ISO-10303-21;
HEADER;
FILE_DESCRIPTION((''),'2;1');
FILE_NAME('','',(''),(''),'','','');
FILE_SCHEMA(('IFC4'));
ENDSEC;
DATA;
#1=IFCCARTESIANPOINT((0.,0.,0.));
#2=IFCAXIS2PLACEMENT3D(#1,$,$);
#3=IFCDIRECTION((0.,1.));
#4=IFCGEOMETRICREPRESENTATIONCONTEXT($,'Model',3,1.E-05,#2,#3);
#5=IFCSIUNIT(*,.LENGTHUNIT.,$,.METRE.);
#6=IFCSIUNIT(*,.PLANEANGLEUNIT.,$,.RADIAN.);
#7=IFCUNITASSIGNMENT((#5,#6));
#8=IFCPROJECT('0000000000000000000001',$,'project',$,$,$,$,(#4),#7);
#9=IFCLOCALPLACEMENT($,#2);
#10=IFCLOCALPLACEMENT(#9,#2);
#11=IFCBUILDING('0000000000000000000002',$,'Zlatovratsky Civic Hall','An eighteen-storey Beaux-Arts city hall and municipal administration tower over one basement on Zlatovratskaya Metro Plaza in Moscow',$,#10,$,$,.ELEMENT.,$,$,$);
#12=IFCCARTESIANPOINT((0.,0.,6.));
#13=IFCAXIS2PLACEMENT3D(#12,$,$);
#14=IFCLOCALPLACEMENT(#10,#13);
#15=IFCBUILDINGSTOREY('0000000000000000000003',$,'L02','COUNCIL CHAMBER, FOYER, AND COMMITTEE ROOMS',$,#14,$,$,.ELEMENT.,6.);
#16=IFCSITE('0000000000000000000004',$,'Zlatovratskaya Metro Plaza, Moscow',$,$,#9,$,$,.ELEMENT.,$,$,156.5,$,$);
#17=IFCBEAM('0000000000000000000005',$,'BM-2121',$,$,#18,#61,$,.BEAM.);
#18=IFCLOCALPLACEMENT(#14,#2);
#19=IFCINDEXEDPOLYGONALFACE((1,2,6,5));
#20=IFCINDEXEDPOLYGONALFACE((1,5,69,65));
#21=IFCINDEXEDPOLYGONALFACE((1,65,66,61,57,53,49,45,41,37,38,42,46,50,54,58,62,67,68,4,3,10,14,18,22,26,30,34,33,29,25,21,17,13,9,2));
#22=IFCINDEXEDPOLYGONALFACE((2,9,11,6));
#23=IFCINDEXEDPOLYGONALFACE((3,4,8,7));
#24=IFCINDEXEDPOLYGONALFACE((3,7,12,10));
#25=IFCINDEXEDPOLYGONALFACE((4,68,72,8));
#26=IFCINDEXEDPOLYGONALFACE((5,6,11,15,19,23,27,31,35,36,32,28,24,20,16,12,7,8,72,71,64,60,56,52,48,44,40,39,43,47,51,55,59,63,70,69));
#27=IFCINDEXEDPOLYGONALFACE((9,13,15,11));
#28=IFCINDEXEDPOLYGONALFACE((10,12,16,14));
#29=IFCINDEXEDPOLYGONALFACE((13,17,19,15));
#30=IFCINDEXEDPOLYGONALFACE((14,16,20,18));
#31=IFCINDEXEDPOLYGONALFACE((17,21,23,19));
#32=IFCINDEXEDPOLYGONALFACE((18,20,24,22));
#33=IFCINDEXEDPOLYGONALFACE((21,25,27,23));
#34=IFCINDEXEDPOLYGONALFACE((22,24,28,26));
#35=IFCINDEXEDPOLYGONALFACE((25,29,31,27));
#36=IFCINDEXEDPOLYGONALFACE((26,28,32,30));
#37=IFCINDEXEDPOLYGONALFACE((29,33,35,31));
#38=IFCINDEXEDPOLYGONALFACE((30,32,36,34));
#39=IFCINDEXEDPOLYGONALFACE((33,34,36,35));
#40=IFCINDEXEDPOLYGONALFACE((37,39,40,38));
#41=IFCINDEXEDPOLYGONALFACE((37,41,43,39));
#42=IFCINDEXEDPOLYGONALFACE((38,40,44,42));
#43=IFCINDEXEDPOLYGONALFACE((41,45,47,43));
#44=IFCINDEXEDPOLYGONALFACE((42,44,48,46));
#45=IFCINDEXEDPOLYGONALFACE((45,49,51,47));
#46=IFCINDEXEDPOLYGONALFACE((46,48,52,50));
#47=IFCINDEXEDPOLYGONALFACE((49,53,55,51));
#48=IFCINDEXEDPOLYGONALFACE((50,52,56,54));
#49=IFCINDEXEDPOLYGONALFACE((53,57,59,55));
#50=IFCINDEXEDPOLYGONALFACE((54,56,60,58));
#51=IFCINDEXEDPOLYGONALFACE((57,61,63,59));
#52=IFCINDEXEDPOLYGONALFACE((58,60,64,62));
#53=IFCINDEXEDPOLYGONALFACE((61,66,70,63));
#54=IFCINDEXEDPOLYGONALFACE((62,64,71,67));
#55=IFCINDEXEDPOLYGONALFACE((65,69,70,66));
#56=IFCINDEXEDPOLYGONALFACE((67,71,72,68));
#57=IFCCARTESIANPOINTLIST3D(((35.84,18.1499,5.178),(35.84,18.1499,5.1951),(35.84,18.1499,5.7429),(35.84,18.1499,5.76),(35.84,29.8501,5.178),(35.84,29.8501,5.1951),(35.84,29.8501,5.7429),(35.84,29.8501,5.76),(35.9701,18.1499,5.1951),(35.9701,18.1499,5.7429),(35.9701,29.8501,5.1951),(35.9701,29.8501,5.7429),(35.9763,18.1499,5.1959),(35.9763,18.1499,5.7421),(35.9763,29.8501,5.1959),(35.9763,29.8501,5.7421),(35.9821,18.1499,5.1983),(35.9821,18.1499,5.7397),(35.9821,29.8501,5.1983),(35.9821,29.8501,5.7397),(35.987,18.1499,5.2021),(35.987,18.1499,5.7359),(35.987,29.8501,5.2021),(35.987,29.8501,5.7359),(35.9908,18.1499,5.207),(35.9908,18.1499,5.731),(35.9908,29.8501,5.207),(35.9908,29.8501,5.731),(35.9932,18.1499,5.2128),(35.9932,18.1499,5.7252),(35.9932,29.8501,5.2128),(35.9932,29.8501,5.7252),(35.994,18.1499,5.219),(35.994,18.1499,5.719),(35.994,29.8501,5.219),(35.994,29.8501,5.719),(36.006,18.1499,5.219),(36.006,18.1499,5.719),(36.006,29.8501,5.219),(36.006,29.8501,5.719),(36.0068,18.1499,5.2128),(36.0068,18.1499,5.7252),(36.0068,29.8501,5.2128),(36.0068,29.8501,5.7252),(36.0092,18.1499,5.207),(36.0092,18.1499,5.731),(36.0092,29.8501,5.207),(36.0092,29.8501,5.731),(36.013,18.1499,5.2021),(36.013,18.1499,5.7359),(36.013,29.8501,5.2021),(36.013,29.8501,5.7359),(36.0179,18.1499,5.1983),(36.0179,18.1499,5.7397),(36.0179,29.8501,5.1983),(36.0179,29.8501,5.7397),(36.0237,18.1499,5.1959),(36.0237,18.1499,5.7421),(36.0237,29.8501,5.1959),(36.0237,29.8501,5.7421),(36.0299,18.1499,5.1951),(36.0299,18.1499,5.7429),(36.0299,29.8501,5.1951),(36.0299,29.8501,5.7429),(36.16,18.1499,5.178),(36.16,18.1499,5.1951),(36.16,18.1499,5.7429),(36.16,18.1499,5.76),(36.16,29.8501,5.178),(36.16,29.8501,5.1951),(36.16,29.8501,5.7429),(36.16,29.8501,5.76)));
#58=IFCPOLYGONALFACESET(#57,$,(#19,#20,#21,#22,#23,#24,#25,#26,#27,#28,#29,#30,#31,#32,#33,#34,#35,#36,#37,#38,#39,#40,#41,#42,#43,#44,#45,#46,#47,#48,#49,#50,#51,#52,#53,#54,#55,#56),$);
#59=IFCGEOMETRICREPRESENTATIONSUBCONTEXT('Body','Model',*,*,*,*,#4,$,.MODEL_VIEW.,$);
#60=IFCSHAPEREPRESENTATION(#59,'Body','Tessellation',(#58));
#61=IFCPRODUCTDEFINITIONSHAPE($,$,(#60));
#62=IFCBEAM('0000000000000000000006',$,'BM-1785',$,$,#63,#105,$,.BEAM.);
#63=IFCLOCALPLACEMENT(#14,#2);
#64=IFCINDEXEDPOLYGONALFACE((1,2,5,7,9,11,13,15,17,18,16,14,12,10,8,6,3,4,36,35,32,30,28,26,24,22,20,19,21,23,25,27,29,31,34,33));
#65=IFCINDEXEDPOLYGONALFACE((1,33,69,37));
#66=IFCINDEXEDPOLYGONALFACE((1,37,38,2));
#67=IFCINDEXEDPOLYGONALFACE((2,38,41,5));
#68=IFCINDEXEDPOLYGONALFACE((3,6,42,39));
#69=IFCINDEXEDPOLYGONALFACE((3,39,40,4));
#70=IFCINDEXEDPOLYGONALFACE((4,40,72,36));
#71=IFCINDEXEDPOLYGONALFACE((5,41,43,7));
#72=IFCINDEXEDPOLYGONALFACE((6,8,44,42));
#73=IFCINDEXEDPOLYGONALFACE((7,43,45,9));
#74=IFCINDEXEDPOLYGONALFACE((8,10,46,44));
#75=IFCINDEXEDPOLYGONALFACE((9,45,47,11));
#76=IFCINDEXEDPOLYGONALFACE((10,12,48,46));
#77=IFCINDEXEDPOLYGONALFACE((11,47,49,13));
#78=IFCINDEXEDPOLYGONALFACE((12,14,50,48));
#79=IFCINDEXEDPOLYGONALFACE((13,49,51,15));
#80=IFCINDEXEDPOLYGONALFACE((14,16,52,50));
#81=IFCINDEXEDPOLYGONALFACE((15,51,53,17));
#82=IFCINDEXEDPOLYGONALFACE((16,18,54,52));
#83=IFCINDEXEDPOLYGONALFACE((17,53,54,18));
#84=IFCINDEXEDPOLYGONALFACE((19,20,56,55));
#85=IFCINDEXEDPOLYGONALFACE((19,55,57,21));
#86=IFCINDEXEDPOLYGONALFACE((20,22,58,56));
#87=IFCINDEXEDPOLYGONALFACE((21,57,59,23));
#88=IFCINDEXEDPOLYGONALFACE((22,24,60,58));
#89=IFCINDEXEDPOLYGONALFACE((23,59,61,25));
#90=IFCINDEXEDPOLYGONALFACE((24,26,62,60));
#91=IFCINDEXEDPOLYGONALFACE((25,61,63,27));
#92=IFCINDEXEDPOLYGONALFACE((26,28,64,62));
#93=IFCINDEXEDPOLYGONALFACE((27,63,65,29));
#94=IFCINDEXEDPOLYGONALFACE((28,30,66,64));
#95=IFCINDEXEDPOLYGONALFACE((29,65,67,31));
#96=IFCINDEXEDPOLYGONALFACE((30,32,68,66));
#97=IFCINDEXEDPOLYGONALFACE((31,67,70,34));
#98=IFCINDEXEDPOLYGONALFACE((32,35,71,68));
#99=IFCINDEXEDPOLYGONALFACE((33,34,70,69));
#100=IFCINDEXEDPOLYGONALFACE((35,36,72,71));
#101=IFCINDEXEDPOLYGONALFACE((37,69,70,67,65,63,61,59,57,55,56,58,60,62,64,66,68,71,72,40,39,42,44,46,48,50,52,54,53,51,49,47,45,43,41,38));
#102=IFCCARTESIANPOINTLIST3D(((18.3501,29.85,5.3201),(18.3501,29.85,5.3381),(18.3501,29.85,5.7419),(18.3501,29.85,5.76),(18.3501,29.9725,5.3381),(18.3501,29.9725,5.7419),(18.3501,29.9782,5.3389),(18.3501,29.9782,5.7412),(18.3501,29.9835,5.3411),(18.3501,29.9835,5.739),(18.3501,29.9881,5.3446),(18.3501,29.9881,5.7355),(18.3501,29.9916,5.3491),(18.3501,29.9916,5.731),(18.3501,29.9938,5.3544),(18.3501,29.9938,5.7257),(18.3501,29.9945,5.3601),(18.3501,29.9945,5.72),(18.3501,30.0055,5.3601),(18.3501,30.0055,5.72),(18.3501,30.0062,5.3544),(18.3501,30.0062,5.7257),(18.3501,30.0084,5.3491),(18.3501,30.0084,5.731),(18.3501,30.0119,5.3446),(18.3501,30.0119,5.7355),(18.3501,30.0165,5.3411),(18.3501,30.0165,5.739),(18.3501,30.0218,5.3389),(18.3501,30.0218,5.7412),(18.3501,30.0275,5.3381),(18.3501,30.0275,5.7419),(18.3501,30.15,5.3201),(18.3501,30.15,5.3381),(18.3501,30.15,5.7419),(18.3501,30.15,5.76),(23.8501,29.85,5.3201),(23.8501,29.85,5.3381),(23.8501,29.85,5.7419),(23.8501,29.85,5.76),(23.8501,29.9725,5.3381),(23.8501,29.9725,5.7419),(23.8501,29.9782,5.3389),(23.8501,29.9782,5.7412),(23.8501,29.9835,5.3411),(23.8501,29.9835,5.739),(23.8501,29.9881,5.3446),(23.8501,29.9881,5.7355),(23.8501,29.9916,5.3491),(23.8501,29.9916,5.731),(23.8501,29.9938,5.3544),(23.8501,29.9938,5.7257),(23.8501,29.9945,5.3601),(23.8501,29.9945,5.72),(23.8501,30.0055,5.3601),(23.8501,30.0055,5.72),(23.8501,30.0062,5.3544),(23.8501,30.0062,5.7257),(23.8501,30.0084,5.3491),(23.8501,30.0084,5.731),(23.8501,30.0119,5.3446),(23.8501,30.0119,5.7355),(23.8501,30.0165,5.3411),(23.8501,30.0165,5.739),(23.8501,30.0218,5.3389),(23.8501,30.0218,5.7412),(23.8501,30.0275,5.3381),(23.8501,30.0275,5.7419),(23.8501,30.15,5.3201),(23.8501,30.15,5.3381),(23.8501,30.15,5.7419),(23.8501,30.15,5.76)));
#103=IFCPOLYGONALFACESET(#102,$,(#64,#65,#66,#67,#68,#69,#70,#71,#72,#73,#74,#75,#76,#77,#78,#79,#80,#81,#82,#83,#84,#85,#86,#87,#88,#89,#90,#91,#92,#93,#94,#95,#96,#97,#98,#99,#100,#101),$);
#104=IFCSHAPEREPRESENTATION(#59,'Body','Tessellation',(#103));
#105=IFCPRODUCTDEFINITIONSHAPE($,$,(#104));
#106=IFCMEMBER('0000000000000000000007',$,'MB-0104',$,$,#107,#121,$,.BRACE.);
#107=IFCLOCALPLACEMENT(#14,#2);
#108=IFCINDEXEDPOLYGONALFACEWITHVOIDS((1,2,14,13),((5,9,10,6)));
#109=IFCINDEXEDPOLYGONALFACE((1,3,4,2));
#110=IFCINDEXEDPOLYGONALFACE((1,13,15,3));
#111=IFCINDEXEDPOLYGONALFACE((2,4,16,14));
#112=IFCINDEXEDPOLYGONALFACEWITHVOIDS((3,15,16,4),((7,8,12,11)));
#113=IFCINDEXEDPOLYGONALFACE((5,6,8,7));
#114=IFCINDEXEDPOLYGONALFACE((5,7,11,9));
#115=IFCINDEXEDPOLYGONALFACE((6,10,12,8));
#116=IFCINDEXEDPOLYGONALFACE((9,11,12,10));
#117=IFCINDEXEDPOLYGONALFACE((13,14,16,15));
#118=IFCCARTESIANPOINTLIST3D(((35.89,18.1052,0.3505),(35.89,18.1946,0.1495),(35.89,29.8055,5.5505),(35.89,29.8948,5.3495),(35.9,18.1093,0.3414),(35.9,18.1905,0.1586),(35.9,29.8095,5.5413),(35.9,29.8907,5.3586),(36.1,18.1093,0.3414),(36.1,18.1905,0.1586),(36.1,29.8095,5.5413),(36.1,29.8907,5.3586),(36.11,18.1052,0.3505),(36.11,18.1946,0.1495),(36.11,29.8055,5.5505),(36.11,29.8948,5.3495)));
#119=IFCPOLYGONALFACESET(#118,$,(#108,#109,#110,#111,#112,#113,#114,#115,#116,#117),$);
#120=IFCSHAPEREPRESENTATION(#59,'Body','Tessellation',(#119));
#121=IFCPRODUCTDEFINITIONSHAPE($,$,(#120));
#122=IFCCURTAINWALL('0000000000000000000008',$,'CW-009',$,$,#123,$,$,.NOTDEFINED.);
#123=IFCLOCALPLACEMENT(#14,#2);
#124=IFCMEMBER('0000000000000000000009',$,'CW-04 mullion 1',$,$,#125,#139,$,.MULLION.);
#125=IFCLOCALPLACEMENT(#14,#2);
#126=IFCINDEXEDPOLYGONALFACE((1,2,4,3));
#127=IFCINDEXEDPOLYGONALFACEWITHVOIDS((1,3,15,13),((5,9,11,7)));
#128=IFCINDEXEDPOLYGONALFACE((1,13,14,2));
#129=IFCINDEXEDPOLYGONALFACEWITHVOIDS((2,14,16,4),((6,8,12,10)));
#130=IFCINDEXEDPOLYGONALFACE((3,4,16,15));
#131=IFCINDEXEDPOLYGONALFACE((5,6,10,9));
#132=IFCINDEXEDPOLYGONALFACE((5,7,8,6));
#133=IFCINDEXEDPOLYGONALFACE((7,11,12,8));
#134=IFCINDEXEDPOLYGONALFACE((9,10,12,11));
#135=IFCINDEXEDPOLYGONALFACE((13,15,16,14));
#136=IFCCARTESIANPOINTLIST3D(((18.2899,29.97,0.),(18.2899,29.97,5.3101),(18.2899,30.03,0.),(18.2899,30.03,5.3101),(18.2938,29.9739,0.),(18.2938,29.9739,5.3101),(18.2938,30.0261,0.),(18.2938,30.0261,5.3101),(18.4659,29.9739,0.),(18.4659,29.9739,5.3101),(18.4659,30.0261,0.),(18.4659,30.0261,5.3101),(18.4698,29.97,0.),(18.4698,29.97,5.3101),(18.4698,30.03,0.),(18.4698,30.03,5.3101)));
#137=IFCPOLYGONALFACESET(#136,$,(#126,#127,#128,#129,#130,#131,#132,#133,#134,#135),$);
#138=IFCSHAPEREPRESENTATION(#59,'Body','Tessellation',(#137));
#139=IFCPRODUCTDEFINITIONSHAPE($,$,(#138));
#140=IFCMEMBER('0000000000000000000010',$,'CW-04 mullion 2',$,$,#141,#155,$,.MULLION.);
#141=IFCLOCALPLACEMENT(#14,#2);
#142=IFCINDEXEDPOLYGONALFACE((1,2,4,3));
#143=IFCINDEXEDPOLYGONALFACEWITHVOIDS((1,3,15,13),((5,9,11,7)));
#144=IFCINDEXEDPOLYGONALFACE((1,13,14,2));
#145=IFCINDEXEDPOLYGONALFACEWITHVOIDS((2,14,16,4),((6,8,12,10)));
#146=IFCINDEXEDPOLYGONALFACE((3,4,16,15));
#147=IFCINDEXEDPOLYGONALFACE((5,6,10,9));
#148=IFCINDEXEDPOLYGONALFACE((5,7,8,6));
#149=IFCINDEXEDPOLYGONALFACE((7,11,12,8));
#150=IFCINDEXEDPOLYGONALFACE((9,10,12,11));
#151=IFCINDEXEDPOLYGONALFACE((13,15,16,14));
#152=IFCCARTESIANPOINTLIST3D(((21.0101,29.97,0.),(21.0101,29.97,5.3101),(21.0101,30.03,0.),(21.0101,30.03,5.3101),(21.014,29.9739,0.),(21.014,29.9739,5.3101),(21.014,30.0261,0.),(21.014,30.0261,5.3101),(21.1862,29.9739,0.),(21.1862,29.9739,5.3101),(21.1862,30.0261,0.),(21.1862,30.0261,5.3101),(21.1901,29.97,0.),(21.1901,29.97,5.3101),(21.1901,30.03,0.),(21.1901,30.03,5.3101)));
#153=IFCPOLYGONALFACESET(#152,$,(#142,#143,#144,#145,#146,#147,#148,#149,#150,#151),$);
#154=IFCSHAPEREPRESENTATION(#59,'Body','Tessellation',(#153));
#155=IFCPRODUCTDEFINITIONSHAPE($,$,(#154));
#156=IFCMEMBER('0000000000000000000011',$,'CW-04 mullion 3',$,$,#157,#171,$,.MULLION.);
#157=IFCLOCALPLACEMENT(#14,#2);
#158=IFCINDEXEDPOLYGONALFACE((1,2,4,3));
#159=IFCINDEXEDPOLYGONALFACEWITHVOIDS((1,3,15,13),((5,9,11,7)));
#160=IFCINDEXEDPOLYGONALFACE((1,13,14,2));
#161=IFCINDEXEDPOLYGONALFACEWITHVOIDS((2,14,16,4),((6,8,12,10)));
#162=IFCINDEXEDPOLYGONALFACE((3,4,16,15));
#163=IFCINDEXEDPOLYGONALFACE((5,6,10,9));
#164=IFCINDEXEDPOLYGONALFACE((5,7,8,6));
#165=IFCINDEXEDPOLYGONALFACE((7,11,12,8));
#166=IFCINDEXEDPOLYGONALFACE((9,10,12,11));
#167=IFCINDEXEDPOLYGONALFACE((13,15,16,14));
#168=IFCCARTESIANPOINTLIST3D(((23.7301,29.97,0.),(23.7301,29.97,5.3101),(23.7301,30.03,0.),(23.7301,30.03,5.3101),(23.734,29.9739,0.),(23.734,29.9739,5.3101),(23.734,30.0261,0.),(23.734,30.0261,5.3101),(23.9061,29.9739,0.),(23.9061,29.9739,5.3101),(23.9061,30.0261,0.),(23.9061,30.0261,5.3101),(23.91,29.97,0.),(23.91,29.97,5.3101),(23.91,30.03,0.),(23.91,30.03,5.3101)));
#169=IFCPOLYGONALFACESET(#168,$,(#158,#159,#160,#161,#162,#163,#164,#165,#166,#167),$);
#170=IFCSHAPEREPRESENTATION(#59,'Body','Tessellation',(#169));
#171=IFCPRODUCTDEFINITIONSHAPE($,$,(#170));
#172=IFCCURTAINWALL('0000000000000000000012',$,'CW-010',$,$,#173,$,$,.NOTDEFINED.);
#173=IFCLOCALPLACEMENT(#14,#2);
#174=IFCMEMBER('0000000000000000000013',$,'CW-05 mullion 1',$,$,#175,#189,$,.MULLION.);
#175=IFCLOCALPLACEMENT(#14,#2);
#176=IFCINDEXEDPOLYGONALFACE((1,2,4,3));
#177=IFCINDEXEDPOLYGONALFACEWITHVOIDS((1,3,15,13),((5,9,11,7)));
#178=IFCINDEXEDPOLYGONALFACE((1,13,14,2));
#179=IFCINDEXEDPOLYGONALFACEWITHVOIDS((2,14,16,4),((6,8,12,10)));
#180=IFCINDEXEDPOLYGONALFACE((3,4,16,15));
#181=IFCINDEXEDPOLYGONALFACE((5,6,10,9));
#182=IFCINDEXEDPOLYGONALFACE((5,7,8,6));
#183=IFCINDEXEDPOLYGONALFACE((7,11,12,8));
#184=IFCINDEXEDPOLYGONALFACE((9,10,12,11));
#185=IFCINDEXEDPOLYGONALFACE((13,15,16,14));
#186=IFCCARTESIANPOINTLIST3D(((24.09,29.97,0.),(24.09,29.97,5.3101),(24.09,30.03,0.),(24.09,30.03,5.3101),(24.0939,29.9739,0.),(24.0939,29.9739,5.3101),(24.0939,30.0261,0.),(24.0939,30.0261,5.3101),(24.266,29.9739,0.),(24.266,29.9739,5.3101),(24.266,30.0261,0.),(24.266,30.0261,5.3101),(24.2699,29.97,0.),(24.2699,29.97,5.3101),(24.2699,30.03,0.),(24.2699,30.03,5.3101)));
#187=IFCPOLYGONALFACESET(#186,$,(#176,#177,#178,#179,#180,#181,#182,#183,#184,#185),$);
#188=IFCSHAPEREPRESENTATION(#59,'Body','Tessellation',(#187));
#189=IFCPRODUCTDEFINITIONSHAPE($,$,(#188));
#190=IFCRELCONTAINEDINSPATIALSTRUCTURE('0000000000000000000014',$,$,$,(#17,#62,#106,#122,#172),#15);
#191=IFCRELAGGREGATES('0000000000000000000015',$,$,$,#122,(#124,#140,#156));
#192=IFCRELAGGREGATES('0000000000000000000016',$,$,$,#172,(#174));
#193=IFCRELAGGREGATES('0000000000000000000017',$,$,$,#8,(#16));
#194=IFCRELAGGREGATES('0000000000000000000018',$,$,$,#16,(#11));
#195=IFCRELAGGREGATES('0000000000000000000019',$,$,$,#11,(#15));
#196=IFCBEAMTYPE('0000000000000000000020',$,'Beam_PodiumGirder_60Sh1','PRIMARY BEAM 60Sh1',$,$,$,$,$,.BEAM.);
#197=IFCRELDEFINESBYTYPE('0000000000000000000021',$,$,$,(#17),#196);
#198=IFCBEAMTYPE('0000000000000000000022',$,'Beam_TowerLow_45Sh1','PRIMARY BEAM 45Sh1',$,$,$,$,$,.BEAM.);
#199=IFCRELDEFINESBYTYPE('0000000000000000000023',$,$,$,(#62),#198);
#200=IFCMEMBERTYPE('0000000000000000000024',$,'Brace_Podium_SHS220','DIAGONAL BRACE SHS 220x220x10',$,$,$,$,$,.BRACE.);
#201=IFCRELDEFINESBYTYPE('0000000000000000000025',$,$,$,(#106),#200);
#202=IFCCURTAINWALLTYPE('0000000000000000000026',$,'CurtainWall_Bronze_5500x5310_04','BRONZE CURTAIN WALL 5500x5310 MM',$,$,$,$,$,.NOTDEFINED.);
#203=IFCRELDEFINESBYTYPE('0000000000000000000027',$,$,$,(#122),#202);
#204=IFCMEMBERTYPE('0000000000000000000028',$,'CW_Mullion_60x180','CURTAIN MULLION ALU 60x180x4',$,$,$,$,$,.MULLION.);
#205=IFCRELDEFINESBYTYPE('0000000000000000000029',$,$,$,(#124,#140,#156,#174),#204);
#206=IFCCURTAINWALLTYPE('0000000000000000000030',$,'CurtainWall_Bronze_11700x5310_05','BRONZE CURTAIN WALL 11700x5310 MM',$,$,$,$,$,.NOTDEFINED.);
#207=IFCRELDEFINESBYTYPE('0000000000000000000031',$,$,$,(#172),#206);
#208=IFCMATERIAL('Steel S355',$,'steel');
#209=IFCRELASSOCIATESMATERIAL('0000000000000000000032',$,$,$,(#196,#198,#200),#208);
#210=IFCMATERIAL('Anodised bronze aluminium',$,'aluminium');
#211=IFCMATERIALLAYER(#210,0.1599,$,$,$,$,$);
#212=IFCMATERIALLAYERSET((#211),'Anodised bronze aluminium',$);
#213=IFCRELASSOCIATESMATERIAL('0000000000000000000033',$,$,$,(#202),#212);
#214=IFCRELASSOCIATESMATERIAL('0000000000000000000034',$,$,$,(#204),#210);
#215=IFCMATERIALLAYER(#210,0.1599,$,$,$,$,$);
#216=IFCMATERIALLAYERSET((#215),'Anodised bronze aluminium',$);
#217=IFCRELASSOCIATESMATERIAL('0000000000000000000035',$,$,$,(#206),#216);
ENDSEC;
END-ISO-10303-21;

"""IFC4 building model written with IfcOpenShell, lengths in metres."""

from ifc_helpers import new_model, si_unit, direction, frame, origin, origin_2d, place, context, subcontext, project, spatial, hollow_rectangle, i_section, extrude, material, layer, layer_set, material_profile, profile_set, type_object, element, aggregate, save


model = new_model("IFC4")

# Units and contexts
model_context = context("Model", 3, precision=1e-05, world=origin(), true_north=direction((0.0, 1.0)))
body_context = subcontext(model_context, "Body", "Model", "MODEL_VIEW")
ifc_project = project(units=[si_unit("LENGTHUNIT", "METRE"), si_unit("PLANEANGLEUNIT", "RADIAN")], contexts=[model_context])

# Site, building, storey
site_placement = place(None, origin())
site = spatial("IfcSite", under=ifc_project, at=site_placement, Name="Zlatovratskaya Metro Plaza, Moscow", CompositionType="ELEMENT", RefElevation=156.5)
building_placement = place(site_placement, origin())
building = spatial("IfcBuilding", under=site, at=building_placement, Name="Zlatovratsky Civic Hall", Description="An eighteen-storey Beaux-Arts city hall and municipal administration tower over one basement on Zlatovratskaya Metro Plaza in Moscow", CompositionType="ELEMENT")
storey_placement = place(building_placement, frame((0.0, 0.0, 6.0)))
storey = spatial("IfcBuildingStorey", under=building, at=storey_placement, Name="L02", Description="COUNCIL CHAMBER, FOYER, AND COMMITTEE ROOMS", CompositionType="ELEMENT", Elevation=6.0)

# Shared definitions
ifc_material_1 = material(Name="Steel S355", Category="steel")

# Beams
ifc_material_profile_1 = material_profile(ifc_material_1, i_section(OverallWidth=0.3201, OverallDepth=0.582, WebThickness=0.012, FlangeThickness=0.0171, FilletRadius=0.0239, at=origin_2d()), Name="60Sh1")
ifc_profile_set_1 = profile_set([ifc_material_profile_1], Name="Steel S355")
beam_type_1 = type_object("IfcBeamType", Name="Beam_PodiumGirder_60Sh1", Description="PRIMARY BEAM 60Sh1", PredefinedType="BEAM", material=ifc_profile_set_1)
for number, where, z_axis, x_axis, name in (
    (1, (36.0, 18.1499, 5.469), (0.0, 1.0, 0.0), (-1.0, 0.0, 0.0), "BM-2121"),
):
    element("IfcBeam", number, at=place(storey_placement, frame(where, z_axis=z_axis, x_axis=x_axis)), inside=storey, type_object=beam_type_1, Name=name, PredefinedType="BEAM", context=body_context, shape_type="SweptSolid", body=[
        extrude(i_section(OverallWidth=0.3201, OverallDepth=0.582, WebThickness=0.012, FlangeThickness=0.0171, FilletRadius=0.0239, at=origin_2d()), origin(), (0.0, 0.0, 1.0), 11.7002),
    ])
ifc_material_profile_2 = material_profile(ifc_material_1, i_section(OverallWidth=0.3, OverallDepth=0.4399, WebThickness=0.011, FlangeThickness=0.0181, FilletRadius=0.022, at=origin_2d()), Name="45Sh1")
ifc_profile_set_2 = profile_set([ifc_material_profile_2], Name="Steel S355")
beam_type_2 = type_object("IfcBeamType", Name="Beam_TowerLow_45Sh1", Description="PRIMARY BEAM 45Sh1", PredefinedType="BEAM", material=ifc_profile_set_2)
beam_1_placement = place(storey_placement, frame((18.3501, 30.0, 5.54), z_axis=(1.0, 0.0, 0.0), x_axis=(0.0, 1.0, 0.0)))
element("IfcBeam", 2, at=beam_1_placement, inside=storey, type_object=beam_type_2, Name="BM-1785", PredefinedType="BEAM", context=body_context, shape_type="SweptSolid", body=[
    extrude(i_section(OverallWidth=0.3, OverallDepth=0.4399, WebThickness=0.011, FlangeThickness=0.0181, FilletRadius=0.022, at=origin_2d()), origin(), (0.0, 0.0, 1.0), 5.5),
])

# Member
ifc_material_profile_3 = material_profile(ifc_material_1, hollow_rectangle(XDim=0.22, YDim=0.22, WallThickness=0.01, at=origin_2d()), Name="SHS 220x220x10")
ifc_profile_set_3 = profile_set([ifc_material_profile_3], Name="Steel S355")
member_type_1 = type_object("IfcMemberType", Name="Brace_Podium_SHS220", Description="DIAGONAL BRACE SHS 220x220x10", PredefinedType="BRACE", material=ifc_profile_set_3)
member_1_placement = place(storey_placement, frame((36.0, 18.1499, 0.25), z_axis=(0.0, 0.913815, 0.40613), x_axis=(-1.0, 0.0, 0.0)))
element("IfcMember", 3, at=member_1_placement, inside=storey, type_object=member_type_1, Name="MB-0104", PredefinedType="BRACE", context=body_context, shape_type="SweptSolid", body=[
    extrude(hollow_rectangle(XDim=0.22, YDim=0.22, WallThickness=0.01, at=origin_2d()), origin(), (0.0, 0.0, 1.0), 12.8037),
])

# Curtain wall, members
ifc_material_2 = material(Name="Anodised bronze aluminium", Category="aluminium")
ifc_layer_1 = layer(ifc_material_2, 0.1599)
ifc_layer_set_1 = layer_set([ifc_layer_1], Name="Anodised bronze aluminium")
curtain_wall_type_1 = type_object("IfcCurtainWallType", Name="CurtainWall_Bronze_5500x5310_04", Description="BRONZE CURTAIN WALL 5500x5310 MM", PredefinedType="NOTDEFINED", material=ifc_layer_set_1)
curtain_wall_1_placement = place(storey_placement, origin())
curtain_wall_1 = element("IfcCurtainWall", 4, at=curtain_wall_1_placement, inside=storey, type_object=curtain_wall_type_1, Name="CW-009", PredefinedType="NOTDEFINED")
ifc_material_profile_4 = material_profile(ifc_material_2, hollow_rectangle(XDim=0.0601, YDim=0.1799, WallThickness=0.0039, at=origin_2d()), Name="ALU 60x180x4")
ifc_profile_set_4 = profile_set([ifc_material_profile_4], Name="Anodised bronze aluminium")
member_type_2 = type_object("IfcMemberType", Name="CW_Mullion_60x180", Description="CURTAIN MULLION ALU 60x180x4", PredefinedType="MULLION", material=ifc_profile_set_4)
member_2_placement = place(storey_placement, frame((18.3799, 30.0, 0.0), z_axis=(0.0, 0.0, 1.0), x_axis=(0.0, 1.0, 0.0)))
member_2 = element("IfcMember", 5, at=member_2_placement, type_object=member_type_2, Name="CW-04 mullion 1", PredefinedType="MULLION", context=body_context, shape_type="SweptSolid", body=[
    extrude(hollow_rectangle(XDim=0.0601, YDim=0.1799, WallThickness=0.0039, at=origin_2d()), origin(), (0.0, 0.0, 1.0), 5.3101),
])
member_3_placement = place(storey_placement, frame((21.1001, 30.0, 0.0), z_axis=(0.0, 0.0, 1.0), x_axis=(0.0, 1.0, 0.0)))
member_3 = element("IfcMember", 6, at=member_3_placement, type_object=member_type_2, Name="CW-04 mullion 2", PredefinedType="MULLION", context=body_context, shape_type="SweptSolid", body=[
    extrude(hollow_rectangle(XDim=0.0601, YDim=0.1799, WallThickness=0.0039, at=origin_2d()), origin(), (0.0, 0.0, 1.0), 5.3101),
])
member_4_placement = place(storey_placement, frame((23.8201, 30.0, 0.0), z_axis=(0.0, 0.0, 1.0), x_axis=(0.0, 1.0, 0.0)))
member_4 = element("IfcMember", 7, at=member_4_placement, type_object=member_type_2, Name="CW-04 mullion 3", PredefinedType="MULLION", context=body_context, shape_type="SweptSolid", body=[
    extrude(hollow_rectangle(XDim=0.0601, YDim=0.1799, WallThickness=0.0039, at=origin_2d()), origin(), (0.0, 0.0, 1.0), 5.3101),
])

# Curtain wall, member
ifc_layer_2 = layer(ifc_material_2, 0.1599)
ifc_layer_set_2 = layer_set([ifc_layer_2], Name="Anodised bronze aluminium")
curtain_wall_type_2 = type_object("IfcCurtainWallType", Name="CurtainWall_Bronze_11700x5310_05", Description="BRONZE CURTAIN WALL 11700x5310 MM", PredefinedType="NOTDEFINED", material=ifc_layer_set_2)
curtain_wall_2_placement = place(storey_placement, origin())
curtain_wall_2 = element("IfcCurtainWall", 8, at=curtain_wall_2_placement, inside=storey, type_object=curtain_wall_type_2, Name="CW-010", PredefinedType="NOTDEFINED")
member_5_placement = place(storey_placement, frame((24.1799, 30.0, 0.0), z_axis=(0.0, 0.0, 1.0), x_axis=(0.0, 1.0, 0.0)))
member_5 = element("IfcMember", 9, at=member_5_placement, type_object=member_type_2, Name="CW-05 mullion 1", PredefinedType="MULLION", context=body_context, shape_type="SweptSolid", body=[
    extrude(hollow_rectangle(XDim=0.0601, YDim=0.1799, WallThickness=0.0039, at=origin_2d()), origin(), (0.0, 0.0, 1.0), 5.3101),
])

aggregate(curtain_wall_1, [member_2, member_3, member_4])
aggregate(curtain_wall_2, [member_5])

save(model, "model.ifc")
